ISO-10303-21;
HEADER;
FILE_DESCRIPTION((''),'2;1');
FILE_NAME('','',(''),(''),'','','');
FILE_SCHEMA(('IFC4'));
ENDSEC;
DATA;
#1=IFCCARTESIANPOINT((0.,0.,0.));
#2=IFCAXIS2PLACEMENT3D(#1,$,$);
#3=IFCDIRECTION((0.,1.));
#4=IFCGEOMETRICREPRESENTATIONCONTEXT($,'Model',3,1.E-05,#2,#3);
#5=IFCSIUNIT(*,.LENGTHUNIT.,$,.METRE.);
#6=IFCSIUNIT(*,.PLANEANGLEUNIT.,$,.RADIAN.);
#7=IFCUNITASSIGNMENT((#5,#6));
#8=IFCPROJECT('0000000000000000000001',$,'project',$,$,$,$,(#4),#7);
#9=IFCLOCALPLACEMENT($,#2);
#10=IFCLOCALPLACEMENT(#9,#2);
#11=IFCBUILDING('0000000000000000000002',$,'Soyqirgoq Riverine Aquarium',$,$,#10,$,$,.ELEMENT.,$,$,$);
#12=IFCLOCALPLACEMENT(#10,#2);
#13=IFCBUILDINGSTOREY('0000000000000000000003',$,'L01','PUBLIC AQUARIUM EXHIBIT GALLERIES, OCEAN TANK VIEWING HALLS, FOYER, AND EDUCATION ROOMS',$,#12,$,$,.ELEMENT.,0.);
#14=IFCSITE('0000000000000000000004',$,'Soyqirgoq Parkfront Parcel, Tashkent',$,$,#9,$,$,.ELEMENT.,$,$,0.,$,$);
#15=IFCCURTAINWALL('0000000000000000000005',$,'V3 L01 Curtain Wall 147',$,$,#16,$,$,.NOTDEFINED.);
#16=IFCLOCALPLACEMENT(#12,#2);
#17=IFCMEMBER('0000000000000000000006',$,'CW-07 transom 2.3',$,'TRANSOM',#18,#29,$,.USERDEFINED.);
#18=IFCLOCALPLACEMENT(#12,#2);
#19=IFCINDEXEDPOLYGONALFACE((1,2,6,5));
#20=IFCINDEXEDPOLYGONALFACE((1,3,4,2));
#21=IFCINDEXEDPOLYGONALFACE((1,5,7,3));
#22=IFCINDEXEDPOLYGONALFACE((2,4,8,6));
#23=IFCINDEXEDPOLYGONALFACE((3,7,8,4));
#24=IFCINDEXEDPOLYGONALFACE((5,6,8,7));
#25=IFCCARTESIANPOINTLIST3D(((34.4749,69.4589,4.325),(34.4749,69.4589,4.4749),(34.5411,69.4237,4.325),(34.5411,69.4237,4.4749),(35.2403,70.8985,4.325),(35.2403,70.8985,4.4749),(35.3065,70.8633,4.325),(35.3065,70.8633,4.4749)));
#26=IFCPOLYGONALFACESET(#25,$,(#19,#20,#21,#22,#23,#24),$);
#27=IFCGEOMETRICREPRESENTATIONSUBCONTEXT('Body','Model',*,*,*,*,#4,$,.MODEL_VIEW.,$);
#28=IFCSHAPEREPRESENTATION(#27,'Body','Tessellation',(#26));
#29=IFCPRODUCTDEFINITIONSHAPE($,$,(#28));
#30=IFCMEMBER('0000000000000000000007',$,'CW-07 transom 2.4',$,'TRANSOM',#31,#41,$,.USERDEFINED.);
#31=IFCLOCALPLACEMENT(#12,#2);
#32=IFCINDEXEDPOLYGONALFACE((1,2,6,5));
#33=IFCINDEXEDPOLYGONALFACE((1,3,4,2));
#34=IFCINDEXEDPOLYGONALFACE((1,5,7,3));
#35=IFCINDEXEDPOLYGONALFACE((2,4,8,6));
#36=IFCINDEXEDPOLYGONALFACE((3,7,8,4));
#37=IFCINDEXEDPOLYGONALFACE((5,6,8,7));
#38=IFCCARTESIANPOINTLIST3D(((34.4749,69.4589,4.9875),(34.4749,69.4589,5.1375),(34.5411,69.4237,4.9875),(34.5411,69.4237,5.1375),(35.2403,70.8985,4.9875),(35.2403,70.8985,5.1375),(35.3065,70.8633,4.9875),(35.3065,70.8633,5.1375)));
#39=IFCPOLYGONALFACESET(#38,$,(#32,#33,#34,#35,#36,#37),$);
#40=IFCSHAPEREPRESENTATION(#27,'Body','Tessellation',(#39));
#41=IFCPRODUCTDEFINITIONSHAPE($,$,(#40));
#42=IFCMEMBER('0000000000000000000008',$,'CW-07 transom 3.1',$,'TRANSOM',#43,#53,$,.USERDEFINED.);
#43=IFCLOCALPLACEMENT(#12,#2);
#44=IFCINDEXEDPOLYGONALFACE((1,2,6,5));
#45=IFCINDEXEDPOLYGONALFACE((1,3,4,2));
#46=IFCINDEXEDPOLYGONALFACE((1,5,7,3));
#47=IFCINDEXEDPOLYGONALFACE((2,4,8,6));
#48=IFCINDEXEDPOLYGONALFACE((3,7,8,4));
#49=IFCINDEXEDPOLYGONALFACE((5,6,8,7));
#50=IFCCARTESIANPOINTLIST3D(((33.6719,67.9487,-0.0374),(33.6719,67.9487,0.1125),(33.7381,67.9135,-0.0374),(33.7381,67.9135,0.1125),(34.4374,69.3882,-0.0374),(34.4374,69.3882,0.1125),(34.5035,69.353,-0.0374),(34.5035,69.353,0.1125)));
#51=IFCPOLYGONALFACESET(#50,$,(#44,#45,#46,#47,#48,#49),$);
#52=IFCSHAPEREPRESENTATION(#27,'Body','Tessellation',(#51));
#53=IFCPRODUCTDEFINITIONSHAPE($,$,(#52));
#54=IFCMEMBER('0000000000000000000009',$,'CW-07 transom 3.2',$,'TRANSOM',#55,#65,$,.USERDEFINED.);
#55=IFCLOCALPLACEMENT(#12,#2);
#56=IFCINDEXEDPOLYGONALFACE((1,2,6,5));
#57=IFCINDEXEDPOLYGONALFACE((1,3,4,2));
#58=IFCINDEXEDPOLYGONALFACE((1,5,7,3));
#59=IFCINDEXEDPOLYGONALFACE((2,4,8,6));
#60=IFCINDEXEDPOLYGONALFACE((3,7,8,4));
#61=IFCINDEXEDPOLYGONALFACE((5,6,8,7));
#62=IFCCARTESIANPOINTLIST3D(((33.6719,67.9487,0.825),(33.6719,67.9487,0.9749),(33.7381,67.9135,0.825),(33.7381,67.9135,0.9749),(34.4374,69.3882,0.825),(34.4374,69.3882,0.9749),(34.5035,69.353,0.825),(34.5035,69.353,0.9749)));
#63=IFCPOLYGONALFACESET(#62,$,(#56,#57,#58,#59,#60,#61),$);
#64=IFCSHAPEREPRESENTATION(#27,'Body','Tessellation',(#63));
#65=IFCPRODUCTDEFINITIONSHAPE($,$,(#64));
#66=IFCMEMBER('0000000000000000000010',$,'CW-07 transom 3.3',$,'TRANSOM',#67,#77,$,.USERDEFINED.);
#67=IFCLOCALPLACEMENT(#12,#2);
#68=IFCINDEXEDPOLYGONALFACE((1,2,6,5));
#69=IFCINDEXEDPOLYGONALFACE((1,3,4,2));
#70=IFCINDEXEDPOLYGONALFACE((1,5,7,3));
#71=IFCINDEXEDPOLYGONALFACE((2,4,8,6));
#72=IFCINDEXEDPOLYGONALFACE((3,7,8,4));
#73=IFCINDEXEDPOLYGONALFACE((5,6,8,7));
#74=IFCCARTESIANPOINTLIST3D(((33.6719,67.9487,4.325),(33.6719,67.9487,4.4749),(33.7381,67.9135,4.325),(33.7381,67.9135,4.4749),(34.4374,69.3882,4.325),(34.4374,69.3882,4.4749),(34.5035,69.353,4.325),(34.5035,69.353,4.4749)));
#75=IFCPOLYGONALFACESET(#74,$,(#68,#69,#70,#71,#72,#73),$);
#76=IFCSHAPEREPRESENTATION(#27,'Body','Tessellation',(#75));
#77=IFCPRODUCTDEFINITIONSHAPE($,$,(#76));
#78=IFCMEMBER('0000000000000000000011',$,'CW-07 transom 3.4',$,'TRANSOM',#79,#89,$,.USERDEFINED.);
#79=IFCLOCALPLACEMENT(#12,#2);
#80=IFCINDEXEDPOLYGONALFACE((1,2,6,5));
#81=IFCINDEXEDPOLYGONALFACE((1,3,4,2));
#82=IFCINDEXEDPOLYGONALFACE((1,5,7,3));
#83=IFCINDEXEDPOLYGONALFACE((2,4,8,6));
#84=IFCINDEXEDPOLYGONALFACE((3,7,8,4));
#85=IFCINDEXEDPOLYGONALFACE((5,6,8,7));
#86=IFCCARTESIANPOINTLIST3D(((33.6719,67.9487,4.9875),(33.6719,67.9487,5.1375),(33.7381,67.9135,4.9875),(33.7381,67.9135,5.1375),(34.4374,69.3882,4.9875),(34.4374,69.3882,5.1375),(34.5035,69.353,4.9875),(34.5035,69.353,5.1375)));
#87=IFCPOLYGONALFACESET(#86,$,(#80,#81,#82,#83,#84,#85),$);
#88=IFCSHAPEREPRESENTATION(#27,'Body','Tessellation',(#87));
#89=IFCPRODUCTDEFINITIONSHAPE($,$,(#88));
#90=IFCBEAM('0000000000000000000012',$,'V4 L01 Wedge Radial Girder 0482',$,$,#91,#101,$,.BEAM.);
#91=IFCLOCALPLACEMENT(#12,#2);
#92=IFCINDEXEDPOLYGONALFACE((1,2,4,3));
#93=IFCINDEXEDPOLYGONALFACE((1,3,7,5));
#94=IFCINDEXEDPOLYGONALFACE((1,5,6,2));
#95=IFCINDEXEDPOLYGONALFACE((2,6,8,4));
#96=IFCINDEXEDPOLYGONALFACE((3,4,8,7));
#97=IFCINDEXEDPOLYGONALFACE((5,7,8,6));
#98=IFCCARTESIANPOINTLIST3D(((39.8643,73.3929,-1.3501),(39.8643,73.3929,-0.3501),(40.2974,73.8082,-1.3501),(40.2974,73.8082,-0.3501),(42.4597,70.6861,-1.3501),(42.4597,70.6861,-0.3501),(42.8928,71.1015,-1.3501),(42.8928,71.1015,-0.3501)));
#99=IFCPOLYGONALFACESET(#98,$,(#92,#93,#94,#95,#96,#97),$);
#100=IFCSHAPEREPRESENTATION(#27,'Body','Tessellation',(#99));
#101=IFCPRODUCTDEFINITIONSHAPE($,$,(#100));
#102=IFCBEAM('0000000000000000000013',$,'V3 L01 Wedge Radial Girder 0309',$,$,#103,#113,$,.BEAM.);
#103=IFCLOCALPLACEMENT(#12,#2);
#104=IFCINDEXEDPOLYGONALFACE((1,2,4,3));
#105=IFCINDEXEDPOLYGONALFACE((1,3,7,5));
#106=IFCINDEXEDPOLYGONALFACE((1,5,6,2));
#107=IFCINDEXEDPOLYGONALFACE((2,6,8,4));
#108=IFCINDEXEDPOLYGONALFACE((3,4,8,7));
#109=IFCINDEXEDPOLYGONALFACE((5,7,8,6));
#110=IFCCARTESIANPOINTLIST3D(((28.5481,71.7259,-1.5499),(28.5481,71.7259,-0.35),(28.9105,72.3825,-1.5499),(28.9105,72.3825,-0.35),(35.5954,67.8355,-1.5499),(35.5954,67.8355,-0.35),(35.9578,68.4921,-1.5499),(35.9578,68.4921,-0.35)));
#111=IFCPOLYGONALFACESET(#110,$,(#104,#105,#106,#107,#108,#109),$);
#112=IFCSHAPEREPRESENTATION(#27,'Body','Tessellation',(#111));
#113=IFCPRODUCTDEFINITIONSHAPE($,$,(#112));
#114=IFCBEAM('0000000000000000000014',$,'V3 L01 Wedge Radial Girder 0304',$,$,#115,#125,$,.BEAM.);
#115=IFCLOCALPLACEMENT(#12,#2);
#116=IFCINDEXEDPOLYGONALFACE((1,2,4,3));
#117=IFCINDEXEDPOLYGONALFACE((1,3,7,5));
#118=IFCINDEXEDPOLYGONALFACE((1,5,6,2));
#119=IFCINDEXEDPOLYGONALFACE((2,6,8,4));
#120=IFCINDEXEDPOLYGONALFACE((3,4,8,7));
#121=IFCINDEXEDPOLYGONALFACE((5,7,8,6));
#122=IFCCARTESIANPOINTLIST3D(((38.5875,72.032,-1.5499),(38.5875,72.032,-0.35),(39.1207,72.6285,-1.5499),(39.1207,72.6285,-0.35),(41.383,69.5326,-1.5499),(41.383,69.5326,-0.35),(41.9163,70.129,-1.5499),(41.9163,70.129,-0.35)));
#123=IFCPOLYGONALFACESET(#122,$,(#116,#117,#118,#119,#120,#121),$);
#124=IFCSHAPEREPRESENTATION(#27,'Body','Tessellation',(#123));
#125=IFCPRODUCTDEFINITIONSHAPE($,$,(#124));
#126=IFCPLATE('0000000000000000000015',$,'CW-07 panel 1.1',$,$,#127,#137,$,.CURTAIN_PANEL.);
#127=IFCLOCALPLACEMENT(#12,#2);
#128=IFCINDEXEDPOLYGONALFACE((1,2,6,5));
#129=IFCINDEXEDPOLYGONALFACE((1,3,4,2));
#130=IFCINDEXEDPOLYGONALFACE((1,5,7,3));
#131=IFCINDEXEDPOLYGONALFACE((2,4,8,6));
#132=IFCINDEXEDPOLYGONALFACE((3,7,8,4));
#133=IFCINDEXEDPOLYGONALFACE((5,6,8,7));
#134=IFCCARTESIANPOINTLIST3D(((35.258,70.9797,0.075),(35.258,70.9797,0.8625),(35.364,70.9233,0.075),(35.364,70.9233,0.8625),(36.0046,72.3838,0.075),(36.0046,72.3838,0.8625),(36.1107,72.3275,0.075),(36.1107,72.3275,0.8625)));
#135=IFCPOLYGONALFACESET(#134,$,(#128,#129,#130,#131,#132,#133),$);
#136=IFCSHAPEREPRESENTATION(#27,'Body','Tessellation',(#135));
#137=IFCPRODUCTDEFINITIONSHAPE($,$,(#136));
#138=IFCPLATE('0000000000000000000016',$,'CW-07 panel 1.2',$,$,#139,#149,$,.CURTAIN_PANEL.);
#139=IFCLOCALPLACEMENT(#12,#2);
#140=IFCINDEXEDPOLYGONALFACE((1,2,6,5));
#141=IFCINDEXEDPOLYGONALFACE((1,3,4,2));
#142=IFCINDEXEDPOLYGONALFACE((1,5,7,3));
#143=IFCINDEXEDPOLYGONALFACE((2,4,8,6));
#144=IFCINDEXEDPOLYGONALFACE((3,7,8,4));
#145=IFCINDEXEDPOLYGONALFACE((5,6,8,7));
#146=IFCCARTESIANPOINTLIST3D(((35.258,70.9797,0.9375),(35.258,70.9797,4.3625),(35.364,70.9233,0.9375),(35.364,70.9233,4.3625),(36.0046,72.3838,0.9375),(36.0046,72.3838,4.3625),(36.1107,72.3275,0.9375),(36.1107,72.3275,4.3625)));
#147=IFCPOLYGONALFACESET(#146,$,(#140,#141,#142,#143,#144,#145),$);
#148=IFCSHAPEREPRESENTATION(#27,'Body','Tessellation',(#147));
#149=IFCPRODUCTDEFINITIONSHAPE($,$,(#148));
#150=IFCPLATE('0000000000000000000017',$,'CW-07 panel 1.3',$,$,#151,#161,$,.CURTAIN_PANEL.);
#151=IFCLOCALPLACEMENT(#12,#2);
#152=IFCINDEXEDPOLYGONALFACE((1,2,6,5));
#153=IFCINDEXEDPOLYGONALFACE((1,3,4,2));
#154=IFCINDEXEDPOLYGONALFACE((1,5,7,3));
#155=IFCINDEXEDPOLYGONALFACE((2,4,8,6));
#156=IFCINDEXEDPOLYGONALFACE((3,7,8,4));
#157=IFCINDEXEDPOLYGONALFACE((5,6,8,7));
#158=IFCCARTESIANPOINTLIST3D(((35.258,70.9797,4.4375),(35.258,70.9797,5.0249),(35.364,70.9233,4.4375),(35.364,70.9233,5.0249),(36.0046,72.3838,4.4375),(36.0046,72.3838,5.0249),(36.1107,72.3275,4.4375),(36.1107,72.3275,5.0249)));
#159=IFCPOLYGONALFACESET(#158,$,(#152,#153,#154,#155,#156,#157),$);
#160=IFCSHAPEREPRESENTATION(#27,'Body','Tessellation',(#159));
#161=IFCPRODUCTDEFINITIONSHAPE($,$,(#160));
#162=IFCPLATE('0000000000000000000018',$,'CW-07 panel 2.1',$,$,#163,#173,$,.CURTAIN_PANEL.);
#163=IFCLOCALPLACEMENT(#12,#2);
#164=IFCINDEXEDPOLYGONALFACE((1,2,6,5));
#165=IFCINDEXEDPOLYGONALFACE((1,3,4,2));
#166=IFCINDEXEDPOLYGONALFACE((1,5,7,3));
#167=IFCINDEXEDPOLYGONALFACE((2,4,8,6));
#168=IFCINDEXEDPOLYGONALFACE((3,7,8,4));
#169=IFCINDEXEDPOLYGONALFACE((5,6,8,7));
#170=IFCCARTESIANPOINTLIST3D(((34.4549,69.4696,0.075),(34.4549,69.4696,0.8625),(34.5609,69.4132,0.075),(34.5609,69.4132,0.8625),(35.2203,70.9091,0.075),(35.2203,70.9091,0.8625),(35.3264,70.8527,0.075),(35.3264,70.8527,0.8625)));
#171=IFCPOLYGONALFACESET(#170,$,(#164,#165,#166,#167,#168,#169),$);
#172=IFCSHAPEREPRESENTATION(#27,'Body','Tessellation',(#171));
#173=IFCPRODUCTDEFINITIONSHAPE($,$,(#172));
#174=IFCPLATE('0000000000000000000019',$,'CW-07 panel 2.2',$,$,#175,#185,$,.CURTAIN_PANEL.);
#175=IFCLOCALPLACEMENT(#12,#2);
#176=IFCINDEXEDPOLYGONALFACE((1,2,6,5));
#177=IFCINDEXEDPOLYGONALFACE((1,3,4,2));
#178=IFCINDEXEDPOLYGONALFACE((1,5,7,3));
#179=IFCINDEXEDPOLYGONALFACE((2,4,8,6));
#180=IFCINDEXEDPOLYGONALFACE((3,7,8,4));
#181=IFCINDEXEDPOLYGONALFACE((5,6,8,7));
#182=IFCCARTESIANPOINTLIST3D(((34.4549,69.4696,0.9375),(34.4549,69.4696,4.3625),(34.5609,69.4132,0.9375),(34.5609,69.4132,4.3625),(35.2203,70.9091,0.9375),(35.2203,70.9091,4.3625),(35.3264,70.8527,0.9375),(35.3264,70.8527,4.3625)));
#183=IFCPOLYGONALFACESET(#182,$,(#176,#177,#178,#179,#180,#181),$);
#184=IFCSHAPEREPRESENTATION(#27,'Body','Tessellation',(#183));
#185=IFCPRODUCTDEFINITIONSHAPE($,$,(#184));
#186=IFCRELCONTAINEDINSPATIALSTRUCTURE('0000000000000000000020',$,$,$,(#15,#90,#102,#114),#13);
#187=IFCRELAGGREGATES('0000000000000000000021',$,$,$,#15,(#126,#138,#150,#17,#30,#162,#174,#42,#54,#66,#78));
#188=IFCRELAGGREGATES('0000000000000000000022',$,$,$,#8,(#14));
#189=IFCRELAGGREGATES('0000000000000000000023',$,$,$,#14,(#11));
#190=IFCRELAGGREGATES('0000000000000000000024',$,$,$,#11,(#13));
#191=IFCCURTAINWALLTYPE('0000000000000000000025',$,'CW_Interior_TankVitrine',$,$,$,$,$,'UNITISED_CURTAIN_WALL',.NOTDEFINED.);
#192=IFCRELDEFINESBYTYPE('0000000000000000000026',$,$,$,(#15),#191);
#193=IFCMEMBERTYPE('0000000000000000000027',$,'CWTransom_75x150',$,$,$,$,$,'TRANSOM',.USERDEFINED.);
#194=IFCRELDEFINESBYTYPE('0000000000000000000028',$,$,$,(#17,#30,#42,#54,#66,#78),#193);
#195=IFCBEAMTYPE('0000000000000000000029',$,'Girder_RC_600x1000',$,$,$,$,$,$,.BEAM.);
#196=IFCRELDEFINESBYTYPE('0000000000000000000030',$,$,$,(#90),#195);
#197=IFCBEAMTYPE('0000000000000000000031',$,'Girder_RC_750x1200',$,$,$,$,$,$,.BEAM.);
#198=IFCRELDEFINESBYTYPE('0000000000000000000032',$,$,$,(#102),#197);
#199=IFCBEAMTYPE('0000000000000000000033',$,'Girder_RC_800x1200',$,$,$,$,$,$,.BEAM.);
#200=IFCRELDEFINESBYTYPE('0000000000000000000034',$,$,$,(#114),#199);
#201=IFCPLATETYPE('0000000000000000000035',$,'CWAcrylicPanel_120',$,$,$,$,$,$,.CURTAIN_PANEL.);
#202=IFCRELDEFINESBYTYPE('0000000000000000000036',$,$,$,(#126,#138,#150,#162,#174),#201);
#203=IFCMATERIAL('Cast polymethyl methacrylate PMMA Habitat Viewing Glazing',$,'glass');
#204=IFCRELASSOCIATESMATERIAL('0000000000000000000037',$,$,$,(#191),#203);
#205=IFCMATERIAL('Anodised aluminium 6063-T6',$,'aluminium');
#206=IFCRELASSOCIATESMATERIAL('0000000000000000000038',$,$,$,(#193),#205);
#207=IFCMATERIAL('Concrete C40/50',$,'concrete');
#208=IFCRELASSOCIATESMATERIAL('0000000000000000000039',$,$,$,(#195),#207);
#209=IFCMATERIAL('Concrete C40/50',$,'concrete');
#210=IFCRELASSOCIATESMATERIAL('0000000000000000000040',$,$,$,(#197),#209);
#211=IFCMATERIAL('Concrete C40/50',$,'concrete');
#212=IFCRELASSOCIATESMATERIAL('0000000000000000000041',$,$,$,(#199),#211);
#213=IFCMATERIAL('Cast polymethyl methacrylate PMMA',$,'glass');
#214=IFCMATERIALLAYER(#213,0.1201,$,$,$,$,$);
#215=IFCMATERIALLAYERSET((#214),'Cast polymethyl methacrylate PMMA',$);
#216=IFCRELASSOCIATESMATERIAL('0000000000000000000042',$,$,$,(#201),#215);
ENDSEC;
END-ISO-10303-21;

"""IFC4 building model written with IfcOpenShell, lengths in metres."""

from ifc_helpers import new_model, si_unit, direction, frame, origin, origin_2d, place, context, subcontext, project, spatial, rectangle, extrude, material, layer, layer_set, material_profile, profile_set, type_object, element, aggregate, save


model = new_model("IFC4")

# Units and contexts
model_context = context("Model", 3, precision=1e-05, world=origin(), true_north=direction((0.0, 1.0)))
body_context = subcontext(model_context, "Body", "Model", "MODEL_VIEW")
ifc_project = project(units=[si_unit("LENGTHUNIT", "METRE"), si_unit("PLANEANGLEUNIT", "RADIAN")], contexts=[model_context])

# Site, building, storey
site_placement = place(None, origin())
site = spatial("IfcSite", under=ifc_project, at=site_placement, Name="Soyqirgoq Parkfront Parcel, Tashkent", CompositionType="ELEMENT", RefElevation=0.0)
building_placement = place(site_placement, origin())
building = spatial("IfcBuilding", under=site, at=building_placement, Name="Soyqirgoq Riverine Aquarium", CompositionType="ELEMENT")
storey_placement = place(building_placement, origin())
storey = spatial("IfcBuildingStorey", under=building, at=storey_placement, Name="L01", Description="PUBLIC AQUARIUM EXHIBIT GALLERIES, OCEAN TANK VIEWING HALLS, FOYER, AND EDUCATION ROOMS", CompositionType="ELEMENT", Elevation=0.0)

# Curtain wall
ifc_material_1 = material(Name="Cast polymethyl methacrylate PMMA Habitat Viewing Glazing", Category="glass")
curtain_wall_type_1 = type_object("IfcCurtainWallType", Name="CW_Interior_TankVitrine", ElementType="UNITISED_CURTAIN_WALL", PredefinedType="NOTDEFINED", material=ifc_material_1)
curtain_wall_1_placement = place(storey_placement, origin())
curtain_wall_1 = element("IfcCurtainWall", 1, at=curtain_wall_1_placement, inside=storey, type_object=curtain_wall_type_1, Name="V3 L01 Curtain Wall 147", PredefinedType="NOTDEFINED")

# Members
ifc_material_2 = material(Name="Anodised aluminium 6063-T6", Category="aluminium")
ifc_material_profile_1 = material_profile(ifc_material_2, rectangle(XDim=0.075, YDim=0.1499, at=origin_2d()), Name="ALU-T 75x150")
ifc_profile_set_1 = profile_set([ifc_material_profile_1], Name="Anodised aluminium 6063-T6")
member_type_1 = type_object("IfcMemberType", Name="CWTransom_75x150", ElementType="TRANSOM", PredefinedType="USERDEFINED", material=ifc_profile_set_1)
member_1_placement = place(storey_placement, frame((35.2734, 70.8809, 4.3999), z_axis=(-0.469476, -0.882945, 0.0), x_axis=(0.882945, -0.469476, 0.0)))
member_1 = element("IfcMember", 2, at=member_1_placement, type_object=member_type_1, Name="CW-07 transom 2.3", ObjectType="TRANSOM", PredefinedType="USERDEFINED", context=body_context, shape_type="SweptSolid", body=[
    extrude(rectangle(XDim=0.075, YDim=0.1499, at=origin_2d()), origin(), (0.0, 0.0, 1.0), 1.6304),
])
member_2_placement = place(storey_placement, frame((35.2734, 70.8809, 5.0625), z_axis=(-0.469476, -0.882945, 0.0), x_axis=(0.882945, -0.469476, 0.0)))
member_2 = element("IfcMember", 3, at=member_2_placement, type_object=member_type_1, Name="CW-07 transom 2.4", ObjectType="TRANSOM", PredefinedType="USERDEFINED", context=body_context, shape_type="SweptSolid", body=[
    extrude(rectangle(XDim=0.075, YDim=0.1499, at=origin_2d()), origin(), (0.0, 0.0, 1.0), 1.6304),
])
member_3_placement = place(storey_placement, frame((34.4705, 69.3706, 0.0376), z_axis=(-0.469476, -0.882945, 0.0), x_axis=(0.882945, -0.469476, 0.0)))
member_3 = element("IfcMember", 4, at=member_3_placement, type_object=member_type_1, Name="CW-07 transom 3.1", ObjectType="TRANSOM", PredefinedType="USERDEFINED", context=body_context, shape_type="SweptSolid", body=[
    extrude(rectangle(XDim=0.075, YDim=0.1499, at=origin_2d()), origin(), (0.0, 0.0, 1.0), 1.6304),
])
member_4_placement = place(storey_placement, frame((34.4705, 69.3706, 0.8999), z_axis=(-0.469476, -0.882945, 0.0), x_axis=(0.882945, -0.469476, 0.0)))
member_4 = element("IfcMember", 5, at=member_4_placement, type_object=member_type_1, Name="CW-07 transom 3.2", ObjectType="TRANSOM", PredefinedType="USERDEFINED", context=body_context, shape_type="SweptSolid", body=[
    extrude(rectangle(XDim=0.075, YDim=0.1499, at=origin_2d()), origin(), (0.0, 0.0, 1.0), 1.6304),
])
member_5_placement = place(storey_placement, frame((34.4705, 69.3706, 4.3999), z_axis=(-0.469476, -0.882945, 0.0), x_axis=(0.882945, -0.469476, 0.0)))
member_5 = element("IfcMember", 6, at=member_5_placement, type_object=member_type_1, Name="CW-07 transom 3.3", ObjectType="TRANSOM", PredefinedType="USERDEFINED", context=body_context, shape_type="SweptSolid", body=[
    extrude(rectangle(XDim=0.075, YDim=0.1499, at=origin_2d()), origin(), (0.0, 0.0, 1.0), 1.6304),
])
member_6_placement = place(storey_placement, frame((34.4705, 69.3706, 5.0625), z_axis=(-0.469476, -0.882945, 0.0), x_axis=(0.882945, -0.469476, 0.0)))
member_6 = element("IfcMember", 7, at=member_6_placement, type_object=member_type_1, Name="CW-07 transom 3.4", ObjectType="TRANSOM", PredefinedType="USERDEFINED", context=body_context, shape_type="SweptSolid", body=[
    extrude(rectangle(XDim=0.075, YDim=0.1499, at=origin_2d()), origin(), (0.0, 0.0, 1.0), 1.6304),
])

# Beams
ifc_material_3 = material(Name="Concrete C40/50", Category="concrete")
ifc_material_profile_2 = material_profile(ifc_material_3, rectangle(XDim=0.6001, YDim=1.0, at=origin_2d()), Name="RC 600x1000")
ifc_profile_set_2 = profile_set([ifc_material_profile_2], Name="Concrete C40/50")
beam_type_1 = type_object("IfcBeamType", Name="Girder_RC_600x1000", PredefinedType="BEAM", material=ifc_profile_set_2)
beam_1_placement = place(storey_placement, frame((42.6763, 70.8938, -0.8501), z_axis=(-0.692108, 0.721794, 0.0), x_axis=(-0.721794, -0.692108, 0.0)))
element("IfcBeam", 8, at=beam_1_placement, inside=storey, type_object=beam_type_1, Name="V4 L01 Wedge Radial Girder 0482", PredefinedType="BEAM", context=body_context, shape_type="SweptSolid", body=[
    extrude(rectangle(XDim=0.6001, YDim=1.0, at=origin_2d()), origin(), (0.0, 0.0, 1.0), 3.75),
])
ifc_material_4 = material(Name="Concrete C40/50", Category="concrete")
ifc_material_profile_3 = material_profile(ifc_material_4, rectangle(XDim=0.75, YDim=1.2, at=origin_2d()), Name="RC 750x1200")
ifc_profile_set_3 = profile_set([ifc_material_profile_3], Name="Concrete C40/50")
beam_type_2 = type_object("IfcBeamType", Name="Girder_RC_750x1200", PredefinedType="BEAM", material=ifc_profile_set_3)
beam_2_placement = place(storey_placement, frame((35.7766, 68.1638, -0.95), z_axis=(-0.875463, 0.483285, 0.0), x_axis=(-0.483285, -0.875463, 0.0)))
element("IfcBeam", 9, at=beam_2_placement, inside=storey, type_object=beam_type_2, Name="V3 L01 Wedge Radial Girder 0309", PredefinedType="BEAM", context=body_context, shape_type="SweptSolid", body=[
    extrude(rectangle(XDim=0.75, YDim=1.2, at=origin_2d()), origin(), (0.0, 0.0, 1.0), 8.0498),
])
ifc_material_5 = material(Name="Concrete C40/50", Category="concrete")
ifc_material_profile_4 = material_profile(ifc_material_5, rectangle(XDim=0.8, YDim=1.2, at=origin_2d()), Name="RC 800x1200")
ifc_profile_set_4 = profile_set([ifc_material_profile_4], Name="Concrete C40/50")
beam_type_3 = type_object("IfcBeamType", Name="Girder_RC_800x1200", PredefinedType="BEAM", material=ifc_profile_set_4)
beam_3_placement = place(storey_placement, frame((41.6497, 69.8308, -0.95), z_axis=(-0.745488, 0.666519, 0.0), x_axis=(-0.666519, -0.745488, 0.0)))
element("IfcBeam", 10, at=beam_3_placement, inside=storey, type_object=beam_type_3, Name="V3 L01 Wedge Radial Girder 0304", PredefinedType="BEAM", context=body_context, shape_type="SweptSolid", body=[
    extrude(rectangle(XDim=0.8, YDim=1.2, at=origin_2d()), origin(), (0.0, 0.0, 1.0), 3.75),
])

# Plates
ifc_material_6 = material(Name="Cast polymethyl methacrylate PMMA", Category="glass")
ifc_layer_1 = layer(ifc_material_6, 0.1201)
ifc_layer_set_1 = layer_set([ifc_layer_1], Name="Cast polymethyl methacrylate PMMA")
plate_type = type_object("IfcPlateType", Name="CWAcrylicPanel_120", PredefinedType="CURTAIN_PANEL", material=ifc_layer_set_1)
plate_1_placement = place(storey_placement, frame((35.6843, 71.6536, 0.075), z_axis=(0.0, 0.0, 1.0), x_axis=(-0.469473, -0.882947, 0.0)))
plate_1 = element("IfcPlate", 11, at=plate_1_placement, type_object=plate_type, Name="CW-07 panel 1.1", PredefinedType="CURTAIN_PANEL", context=body_context, shape_type="SweptSolid", body=[
    extrude(rectangle(XDim=1.5903, YDim=0.1201, at=origin_2d()), origin(), (0.0, 0.0, 1.0), 0.7876),
])
plate_2_placement = place(storey_placement, frame((35.6843, 71.6536, 0.9375), z_axis=(0.0, 0.0, 1.0), x_axis=(-0.469473, -0.882947, 0.0)))
plate_2 = element("IfcPlate", 12, at=plate_2_placement, type_object=plate_type, Name="CW-07 panel 1.2", PredefinedType="CURTAIN_PANEL", context=body_context, shape_type="SweptSolid", body=[
    extrude(rectangle(XDim=1.5903, YDim=0.1201, at=origin_2d()), origin(), (0.0, 0.0, 1.0), 3.425),
])
plate_3_placement = place(storey_placement, frame((35.6843, 71.6536, 4.4375), z_axis=(0.0, 0.0, 1.0), x_axis=(-0.469473, -0.882947, 0.0)))
plate_3 = element("IfcPlate", 13, at=plate_3_placement, type_object=plate_type, Name="CW-07 panel 1.3", PredefinedType="CURTAIN_PANEL", context=body_context, shape_type="SweptSolid", body=[
    extrude(rectangle(XDim=1.5903, YDim=0.1201, at=origin_2d()), origin(), (0.0, 0.0, 1.0), 0.5874),
])
plate_4_placement = place(storey_placement, frame((34.8906, 70.1611, 0.075), z_axis=(0.0, 0.0, 1.0), x_axis=(-0.469473, -0.882947, 0.0)))
plate_4 = element("IfcPlate", 14, at=plate_4_placement, type_object=plate_type, Name="CW-07 panel 2.1", PredefinedType="CURTAIN_PANEL", context=body_context, shape_type="SweptSolid", body=[
    extrude(rectangle(XDim=1.6304, YDim=0.1201, at=origin_2d()), origin(), (0.0, 0.0, 1.0), 0.7876),
])
plate_5_placement = place(storey_placement, frame((34.8906, 70.1611, 0.9375), z_axis=(0.0, 0.0, 1.0), x_axis=(-0.469473, -0.882947, 0.0)))
plate_5 = element("IfcPlate", 15, at=plate_5_placement, type_object=plate_type, Name="CW-07 panel 2.2", PredefinedType="CURTAIN_PANEL", context=body_context, shape_type="SweptSolid", body=[
    extrude(rectangle(XDim=1.6304, YDim=0.1201, at=origin_2d()), origin(), (0.0, 0.0, 1.0), 3.425),
])
aggregate(curtain_wall_1, [plate_1, plate_2, plate_3, member_1, member_2, plate_4, plate_5, member_3, member_4, member_5, member_6])

save(model, "model.ifc")
